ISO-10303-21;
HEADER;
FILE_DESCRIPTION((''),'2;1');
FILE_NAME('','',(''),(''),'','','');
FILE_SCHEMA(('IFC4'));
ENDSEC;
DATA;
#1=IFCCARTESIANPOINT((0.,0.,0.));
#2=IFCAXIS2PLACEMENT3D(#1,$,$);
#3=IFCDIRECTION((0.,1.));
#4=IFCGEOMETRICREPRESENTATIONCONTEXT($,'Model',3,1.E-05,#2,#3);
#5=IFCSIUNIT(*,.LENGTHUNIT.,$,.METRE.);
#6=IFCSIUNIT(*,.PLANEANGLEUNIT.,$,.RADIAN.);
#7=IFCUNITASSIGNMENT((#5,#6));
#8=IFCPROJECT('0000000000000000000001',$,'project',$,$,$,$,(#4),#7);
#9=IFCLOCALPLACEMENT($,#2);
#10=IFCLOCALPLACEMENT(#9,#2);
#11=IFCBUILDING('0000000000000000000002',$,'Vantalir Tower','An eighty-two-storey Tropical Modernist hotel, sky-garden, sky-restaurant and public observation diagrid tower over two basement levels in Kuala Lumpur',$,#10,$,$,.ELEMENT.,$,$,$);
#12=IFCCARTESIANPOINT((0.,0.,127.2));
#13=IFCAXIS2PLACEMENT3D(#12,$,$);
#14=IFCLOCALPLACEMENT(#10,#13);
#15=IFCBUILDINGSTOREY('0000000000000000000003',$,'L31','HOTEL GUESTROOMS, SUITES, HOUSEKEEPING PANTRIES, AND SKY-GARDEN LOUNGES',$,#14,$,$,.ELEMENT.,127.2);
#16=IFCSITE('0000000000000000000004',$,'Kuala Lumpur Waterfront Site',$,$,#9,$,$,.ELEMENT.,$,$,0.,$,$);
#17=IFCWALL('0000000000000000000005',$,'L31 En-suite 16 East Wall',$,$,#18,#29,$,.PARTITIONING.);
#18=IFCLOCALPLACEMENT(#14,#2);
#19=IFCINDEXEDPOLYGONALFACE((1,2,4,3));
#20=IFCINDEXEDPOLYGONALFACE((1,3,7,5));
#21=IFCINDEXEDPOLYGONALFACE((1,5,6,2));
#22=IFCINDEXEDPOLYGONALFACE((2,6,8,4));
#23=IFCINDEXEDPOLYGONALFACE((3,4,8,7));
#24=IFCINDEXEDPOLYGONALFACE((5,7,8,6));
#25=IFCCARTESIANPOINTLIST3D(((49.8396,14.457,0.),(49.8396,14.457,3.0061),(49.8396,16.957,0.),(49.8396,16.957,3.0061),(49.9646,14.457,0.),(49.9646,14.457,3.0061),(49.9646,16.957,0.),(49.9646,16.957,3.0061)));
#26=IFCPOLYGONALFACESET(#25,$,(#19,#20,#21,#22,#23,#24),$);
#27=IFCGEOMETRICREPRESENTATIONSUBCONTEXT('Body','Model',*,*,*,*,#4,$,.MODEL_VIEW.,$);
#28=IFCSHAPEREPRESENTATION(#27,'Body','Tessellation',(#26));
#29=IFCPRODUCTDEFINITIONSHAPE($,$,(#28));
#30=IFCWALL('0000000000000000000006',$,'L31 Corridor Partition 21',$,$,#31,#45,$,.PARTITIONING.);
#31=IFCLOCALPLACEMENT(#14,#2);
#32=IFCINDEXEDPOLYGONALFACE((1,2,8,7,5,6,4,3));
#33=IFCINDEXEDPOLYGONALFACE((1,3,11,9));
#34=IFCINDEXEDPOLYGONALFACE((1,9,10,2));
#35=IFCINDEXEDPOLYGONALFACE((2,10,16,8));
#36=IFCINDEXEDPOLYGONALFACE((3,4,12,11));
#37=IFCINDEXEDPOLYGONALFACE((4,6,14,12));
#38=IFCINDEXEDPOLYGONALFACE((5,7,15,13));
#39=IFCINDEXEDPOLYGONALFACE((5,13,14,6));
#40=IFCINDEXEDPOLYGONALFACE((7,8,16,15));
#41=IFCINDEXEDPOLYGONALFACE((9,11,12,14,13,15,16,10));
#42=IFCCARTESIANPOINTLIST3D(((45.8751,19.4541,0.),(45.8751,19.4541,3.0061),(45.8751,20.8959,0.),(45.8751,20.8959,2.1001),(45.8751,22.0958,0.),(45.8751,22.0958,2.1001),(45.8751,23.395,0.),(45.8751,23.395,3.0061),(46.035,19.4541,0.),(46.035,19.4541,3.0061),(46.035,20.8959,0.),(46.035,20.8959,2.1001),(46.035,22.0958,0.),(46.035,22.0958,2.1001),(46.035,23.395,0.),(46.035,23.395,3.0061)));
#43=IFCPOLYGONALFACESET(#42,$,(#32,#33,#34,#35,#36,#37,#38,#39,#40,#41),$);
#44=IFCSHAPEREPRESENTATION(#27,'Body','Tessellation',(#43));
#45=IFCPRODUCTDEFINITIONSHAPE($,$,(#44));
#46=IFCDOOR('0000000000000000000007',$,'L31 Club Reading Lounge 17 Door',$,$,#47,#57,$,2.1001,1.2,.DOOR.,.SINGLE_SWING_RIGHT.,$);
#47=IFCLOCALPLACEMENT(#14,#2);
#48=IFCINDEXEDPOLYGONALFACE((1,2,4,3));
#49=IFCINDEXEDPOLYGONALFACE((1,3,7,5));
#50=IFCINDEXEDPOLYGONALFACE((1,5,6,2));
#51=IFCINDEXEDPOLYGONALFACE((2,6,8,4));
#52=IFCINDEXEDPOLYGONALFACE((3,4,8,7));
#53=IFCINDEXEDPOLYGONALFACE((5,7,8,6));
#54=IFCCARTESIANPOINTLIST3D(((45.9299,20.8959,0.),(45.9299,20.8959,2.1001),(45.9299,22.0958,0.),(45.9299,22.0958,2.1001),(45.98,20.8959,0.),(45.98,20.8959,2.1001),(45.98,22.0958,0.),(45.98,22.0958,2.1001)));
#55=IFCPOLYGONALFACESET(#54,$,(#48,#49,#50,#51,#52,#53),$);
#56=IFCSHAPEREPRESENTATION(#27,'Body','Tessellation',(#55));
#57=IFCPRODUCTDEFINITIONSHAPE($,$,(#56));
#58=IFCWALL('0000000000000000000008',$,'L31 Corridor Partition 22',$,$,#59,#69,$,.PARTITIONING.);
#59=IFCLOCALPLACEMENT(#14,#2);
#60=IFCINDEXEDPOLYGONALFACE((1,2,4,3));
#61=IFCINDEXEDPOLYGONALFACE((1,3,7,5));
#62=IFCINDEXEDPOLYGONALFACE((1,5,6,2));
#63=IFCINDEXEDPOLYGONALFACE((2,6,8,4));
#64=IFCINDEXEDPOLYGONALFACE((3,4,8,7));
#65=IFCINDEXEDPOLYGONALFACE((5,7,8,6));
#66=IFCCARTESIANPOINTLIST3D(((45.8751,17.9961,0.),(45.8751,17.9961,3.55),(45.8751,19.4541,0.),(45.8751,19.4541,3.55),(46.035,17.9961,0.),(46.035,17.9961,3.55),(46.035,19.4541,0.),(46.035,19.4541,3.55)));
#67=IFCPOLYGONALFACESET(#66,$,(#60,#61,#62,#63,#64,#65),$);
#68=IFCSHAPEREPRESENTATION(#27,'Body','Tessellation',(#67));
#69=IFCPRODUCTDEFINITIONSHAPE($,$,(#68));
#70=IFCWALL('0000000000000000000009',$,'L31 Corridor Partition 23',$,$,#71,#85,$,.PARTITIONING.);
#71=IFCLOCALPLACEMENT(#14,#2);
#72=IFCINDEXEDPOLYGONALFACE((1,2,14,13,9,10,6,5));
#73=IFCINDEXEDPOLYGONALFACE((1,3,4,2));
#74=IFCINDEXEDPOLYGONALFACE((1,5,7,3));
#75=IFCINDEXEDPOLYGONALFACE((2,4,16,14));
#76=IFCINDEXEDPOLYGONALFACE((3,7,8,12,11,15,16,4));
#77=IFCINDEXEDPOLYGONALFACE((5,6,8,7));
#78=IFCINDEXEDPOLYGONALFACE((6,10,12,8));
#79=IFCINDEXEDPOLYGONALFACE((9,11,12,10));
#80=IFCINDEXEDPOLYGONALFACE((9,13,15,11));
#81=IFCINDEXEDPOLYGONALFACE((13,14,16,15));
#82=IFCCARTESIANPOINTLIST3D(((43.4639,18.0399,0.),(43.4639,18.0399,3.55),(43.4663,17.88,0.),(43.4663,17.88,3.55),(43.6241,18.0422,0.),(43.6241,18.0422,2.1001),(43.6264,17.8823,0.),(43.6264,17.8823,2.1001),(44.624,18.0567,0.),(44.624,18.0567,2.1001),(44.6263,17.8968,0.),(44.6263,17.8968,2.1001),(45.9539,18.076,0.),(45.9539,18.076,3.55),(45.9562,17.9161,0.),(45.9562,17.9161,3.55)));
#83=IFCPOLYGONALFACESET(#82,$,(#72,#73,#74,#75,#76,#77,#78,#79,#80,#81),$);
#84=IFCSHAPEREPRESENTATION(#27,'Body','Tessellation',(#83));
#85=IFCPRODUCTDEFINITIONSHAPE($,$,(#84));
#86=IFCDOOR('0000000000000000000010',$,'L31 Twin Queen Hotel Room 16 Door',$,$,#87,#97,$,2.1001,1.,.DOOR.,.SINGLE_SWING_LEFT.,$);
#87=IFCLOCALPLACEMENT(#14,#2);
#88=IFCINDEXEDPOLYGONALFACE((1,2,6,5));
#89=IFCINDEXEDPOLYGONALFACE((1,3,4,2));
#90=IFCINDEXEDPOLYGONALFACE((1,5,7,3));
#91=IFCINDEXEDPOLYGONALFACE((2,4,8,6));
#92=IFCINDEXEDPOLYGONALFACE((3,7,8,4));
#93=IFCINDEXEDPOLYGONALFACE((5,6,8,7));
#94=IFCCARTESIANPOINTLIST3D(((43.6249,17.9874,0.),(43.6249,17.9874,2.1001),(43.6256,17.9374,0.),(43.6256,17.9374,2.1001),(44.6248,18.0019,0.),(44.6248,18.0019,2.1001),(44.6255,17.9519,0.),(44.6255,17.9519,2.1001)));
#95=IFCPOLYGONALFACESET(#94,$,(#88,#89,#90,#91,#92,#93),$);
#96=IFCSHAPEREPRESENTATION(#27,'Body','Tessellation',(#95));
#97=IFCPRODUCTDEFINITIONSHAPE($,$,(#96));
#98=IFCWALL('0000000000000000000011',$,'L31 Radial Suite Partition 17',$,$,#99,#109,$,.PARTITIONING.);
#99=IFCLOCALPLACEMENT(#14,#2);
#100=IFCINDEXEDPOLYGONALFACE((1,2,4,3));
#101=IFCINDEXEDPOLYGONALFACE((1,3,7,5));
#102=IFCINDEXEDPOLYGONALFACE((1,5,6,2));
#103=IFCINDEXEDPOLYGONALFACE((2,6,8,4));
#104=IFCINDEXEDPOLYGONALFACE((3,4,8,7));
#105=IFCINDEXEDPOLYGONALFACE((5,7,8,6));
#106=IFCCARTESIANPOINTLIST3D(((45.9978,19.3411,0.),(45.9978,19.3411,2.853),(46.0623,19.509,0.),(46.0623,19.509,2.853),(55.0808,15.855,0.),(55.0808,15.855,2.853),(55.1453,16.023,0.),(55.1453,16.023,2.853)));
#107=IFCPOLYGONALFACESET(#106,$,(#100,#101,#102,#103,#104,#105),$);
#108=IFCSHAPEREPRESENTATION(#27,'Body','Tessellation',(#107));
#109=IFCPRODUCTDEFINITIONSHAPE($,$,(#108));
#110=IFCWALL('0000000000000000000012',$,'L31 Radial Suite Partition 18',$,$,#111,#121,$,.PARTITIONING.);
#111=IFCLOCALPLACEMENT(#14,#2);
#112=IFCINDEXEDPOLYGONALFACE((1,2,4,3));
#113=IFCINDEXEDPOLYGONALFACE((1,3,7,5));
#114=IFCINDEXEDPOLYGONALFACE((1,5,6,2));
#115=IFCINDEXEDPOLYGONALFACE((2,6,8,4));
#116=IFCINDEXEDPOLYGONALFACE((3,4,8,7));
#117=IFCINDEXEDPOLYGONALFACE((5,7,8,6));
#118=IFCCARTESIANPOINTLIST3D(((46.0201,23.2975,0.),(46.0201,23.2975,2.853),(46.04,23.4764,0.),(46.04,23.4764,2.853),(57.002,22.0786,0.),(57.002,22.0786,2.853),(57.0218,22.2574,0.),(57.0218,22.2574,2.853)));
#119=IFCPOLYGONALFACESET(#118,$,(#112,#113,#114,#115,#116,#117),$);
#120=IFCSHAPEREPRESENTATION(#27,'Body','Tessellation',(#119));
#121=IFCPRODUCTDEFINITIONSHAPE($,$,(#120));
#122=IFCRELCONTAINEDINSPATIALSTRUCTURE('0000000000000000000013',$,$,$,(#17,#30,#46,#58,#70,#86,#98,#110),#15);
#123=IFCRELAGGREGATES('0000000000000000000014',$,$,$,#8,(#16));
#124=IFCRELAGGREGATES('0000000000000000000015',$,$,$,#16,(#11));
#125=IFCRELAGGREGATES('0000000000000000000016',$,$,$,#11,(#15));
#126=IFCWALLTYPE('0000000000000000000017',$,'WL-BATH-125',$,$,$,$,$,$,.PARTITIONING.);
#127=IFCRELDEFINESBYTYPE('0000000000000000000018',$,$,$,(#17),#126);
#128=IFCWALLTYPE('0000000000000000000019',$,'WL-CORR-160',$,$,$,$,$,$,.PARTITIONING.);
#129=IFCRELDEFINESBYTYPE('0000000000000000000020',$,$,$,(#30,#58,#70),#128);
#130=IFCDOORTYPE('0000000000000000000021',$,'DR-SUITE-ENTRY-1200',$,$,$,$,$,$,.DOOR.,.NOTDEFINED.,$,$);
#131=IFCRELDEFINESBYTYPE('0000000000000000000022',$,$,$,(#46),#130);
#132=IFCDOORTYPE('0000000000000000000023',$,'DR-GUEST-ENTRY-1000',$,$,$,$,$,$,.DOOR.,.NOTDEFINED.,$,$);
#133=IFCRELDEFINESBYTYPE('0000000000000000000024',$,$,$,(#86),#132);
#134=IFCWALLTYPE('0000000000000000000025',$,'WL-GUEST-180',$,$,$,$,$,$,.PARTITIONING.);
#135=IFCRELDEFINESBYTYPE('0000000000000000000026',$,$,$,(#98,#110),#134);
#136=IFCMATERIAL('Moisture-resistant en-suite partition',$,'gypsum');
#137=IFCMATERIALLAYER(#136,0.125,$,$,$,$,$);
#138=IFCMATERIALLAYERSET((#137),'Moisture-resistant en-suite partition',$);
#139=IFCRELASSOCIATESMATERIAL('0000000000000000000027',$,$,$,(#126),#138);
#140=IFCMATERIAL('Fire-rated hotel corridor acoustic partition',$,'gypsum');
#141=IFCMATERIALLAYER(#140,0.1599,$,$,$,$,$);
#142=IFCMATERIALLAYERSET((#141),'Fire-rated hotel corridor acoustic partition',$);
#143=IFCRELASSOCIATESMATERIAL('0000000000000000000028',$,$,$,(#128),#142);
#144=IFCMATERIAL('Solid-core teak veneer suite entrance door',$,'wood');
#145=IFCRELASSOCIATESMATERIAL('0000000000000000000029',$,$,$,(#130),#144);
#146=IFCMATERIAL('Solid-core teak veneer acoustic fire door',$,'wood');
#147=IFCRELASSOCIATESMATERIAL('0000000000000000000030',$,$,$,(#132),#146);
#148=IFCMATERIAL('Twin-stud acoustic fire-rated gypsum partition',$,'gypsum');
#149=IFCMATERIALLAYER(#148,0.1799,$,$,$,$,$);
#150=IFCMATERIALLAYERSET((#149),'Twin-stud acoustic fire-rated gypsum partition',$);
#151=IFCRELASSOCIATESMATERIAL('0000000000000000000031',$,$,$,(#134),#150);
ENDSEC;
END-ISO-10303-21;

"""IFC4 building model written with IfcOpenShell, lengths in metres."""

from ifc_helpers import new_model, si_unit, direction, frame, frame_2d, origin, place, context, subcontext, project, spatial, rectangle, extrude, material, layer, layer_set, type_object, element, fill, save


model = new_model("IFC4")

# Units and contexts
model_context = context("Model", 3, precision=1e-05, world=origin(), true_north=direction((0.0, 1.0)))
body_context = subcontext(model_context, "Body", "Model", "MODEL_VIEW")
ifc_project = project(units=[si_unit("LENGTHUNIT", "METRE"), si_unit("PLANEANGLEUNIT", "RADIAN")], contexts=[model_context])

# Site, building, storey
site_placement = place(None, origin())
site = spatial("IfcSite", under=ifc_project, at=site_placement, Name="Kuala Lumpur Waterfront Site", CompositionType="ELEMENT", RefElevation=0.0)
building_placement = place(site_placement, origin())
building = spatial("IfcBuilding", under=site, at=building_placement, Name="Vantalir Tower", Description="An eighty-two-storey Tropical Modernist hotel, sky-garden, sky-restaurant and public observation diagrid tower over two basement levels in Kuala Lumpur", CompositionType="ELEMENT")
storey_placement = place(building_placement, frame((0.0, 0.0, 127.2)))
storey = spatial("IfcBuildingStorey", under=building, at=storey_placement, Name="L31", Description="HOTEL GUESTROOMS, SUITES, HOUSEKEEPING PANTRIES, AND SKY-GARDEN LOUNGES", CompositionType="ELEMENT", Elevation=127.2)

# Shared definitions
ifc_material_1 = material(Name="Moisture-resistant en-suite partition", Category="gypsum")
ifc_layer_1 = layer(ifc_material_1, 0.125)
ifc_layer_set_1 = layer_set([ifc_layer_1], Name="Moisture-resistant en-suite partition")
wall_type_1 = type_object("IfcWallType", Name="WL-BATH-125", PredefinedType="PARTITIONING", material=ifc_layer_set_1)

# Wall
wall_1_placement = place(storey_placement, frame((49.9021, 14.457, 0.0), z_axis=(0.0, 0.0, 1.0), x_axis=(0.0, 1.0, 0.0)))
element("IfcWall", 1, at=wall_1_placement, inside=storey, type_object=wall_type_1, Name="L31 En-suite 16 East Wall", PredefinedType="PARTITIONING", context=body_context, shape_type="SweptSolid", body=[
    extrude(rectangle(XDim=2.5, YDim=0.125, at=frame_2d((1.25, 0.0))), origin(), (0.0, 0.0, 1.0), 3.0061),
])

# Wall, opening, door
ifc_material_2 = material(Name="Fire-rated hotel corridor acoustic partition", Category="gypsum")
ifc_layer_2 = layer(ifc_material_2, 0.1599)
ifc_layer_set_2 = layer_set([ifc_layer_2], Name="Fire-rated hotel corridor acoustic partition")
wall_type_2 = type_object("IfcWallType", Name="WL-CORR-160", PredefinedType="PARTITIONING", material=ifc_layer_set_2)
wall_2_placement = place(storey_placement, frame((45.9551, 23.395, 0.0), z_axis=(0.0, 0.0, 1.0), x_axis=(0.0, -1.0, 0.0)))
wall_2 = element("IfcWall", 2, at=wall_2_placement, inside=storey, type_object=wall_type_2, Name="L31 Corridor Partition 21", PredefinedType="PARTITIONING", context=body_context, shape_type="SweptSolid", body=[
    extrude(rectangle(XDim=3.9409, YDim=0.1599, at=frame_2d((1.9705, 0.0))), origin(), (0.0, 0.0, 1.0), 3.0061),
])
opening_1_placement = place(wall_2_placement, frame((1.2991, 0.0, 0.0)))
opening_1 = element("IfcOpeningElement", 3, at=opening_1_placement, cuts=wall_2, PredefinedType="OPENING", context=body_context, shape_type="SweptSolid", body=[
    extrude(rectangle(XDim=1.2, YDim=2.1001, at=frame_2d((0.6001, 1.05))), frame((0.0, 0.0898, 0.0), z_axis=(0.0, -1.0, 0.0), x_axis=(1.0, 0.0, 0.0)), (0.0, 0.0, 1.0), 0.1799),
])
ifc_material_3 = material(Name="Solid-core teak veneer suite entrance door", Category="wood")
door_type_1 = type_object("IfcDoorType", Name="DR-SUITE-ENTRY-1200", OperationType="NOTDEFINED", PredefinedType="DOOR", material=ifc_material_3)
door_1_placement = place(opening_1_placement, origin())
door_1 = element("IfcDoor", 4, at=door_1_placement, inside=storey, type_object=door_type_1, Name="L31 Club Reading Lounge 17 Door", OperationType="SINGLE_SWING_RIGHT", OverallHeight=2.1001, OverallWidth=1.2, PredefinedType="DOOR", context=body_context, shape_type="SweptSolid", body=[
    extrude(rectangle(XDim=1.2, YDim=2.1001, at=frame_2d((0.6001, 1.05))), frame((0.0, 0.0249, 0.0), z_axis=(0.0, -1.0, 0.0), x_axis=(1.0, 0.0, 0.0)), (0.0, 0.0, 1.0), 0.05),
])
fill(opening_1, door_1)

# Wall
wall_3_placement = place(storey_placement, frame((45.9551, 19.4541, 0.0), z_axis=(0.0, 0.0, 1.0), x_axis=(0.0, -1.0, 0.0)))
element("IfcWall", 5, at=wall_3_placement, inside=storey, type_object=wall_type_2, Name="L31 Corridor Partition 22", PredefinedType="PARTITIONING", context=body_context, shape_type="SweptSolid", body=[
    extrude(rectangle(XDim=1.458, YDim=0.1599, at=frame_2d((0.729, 0.0))), origin(), (0.0, 0.0, 1.0), 3.55),
])

# Wall, opening, door
wall_4_placement = place(storey_placement, frame((45.9551, 17.9961, 0.0), z_axis=(0.0, 0.0, 1.0), x_axis=(-0.999895, -0.01451, 0.0)))
wall_4 = element("IfcWall", 6, at=wall_4_placement, inside=storey, type_object=wall_type_2, Name="L31 Corridor Partition 23", PredefinedType="PARTITIONING", context=body_context, shape_type="SweptSolid", body=[
    extrude(rectangle(XDim=2.4902, YDim=0.1599, at=frame_2d((1.2451, 0.0))), origin(), (0.0, 0.0, 1.0), 3.55),
])
opening_2_placement = place(wall_4_placement, frame((1.3301, 0.0, 0.0)))
opening_2 = element("IfcOpeningElement", 7, at=opening_2_placement, cuts=wall_4, PredefinedType="OPENING", context=body_context, shape_type="SweptSolid", body=[
    extrude(rectangle(XDim=1.0, YDim=2.1001, at=frame_2d((0.5, 1.05))), frame((0.0, 0.0898, 0.0), z_axis=(0.0, -1.0, 0.0), x_axis=(1.0, 0.0, 0.0)), (0.0, 0.0, 1.0), 0.1799),
])
ifc_material_4 = material(Name="Solid-core teak veneer acoustic fire door", Category="wood")
door_type_2 = type_object("IfcDoorType", Name="DR-GUEST-ENTRY-1000", OperationType="NOTDEFINED", PredefinedType="DOOR", material=ifc_material_4)
door_2_placement = place(opening_2_placement, origin())
door_2 = element("IfcDoor", 8, at=door_2_placement, inside=storey, type_object=door_type_2, Name="L31 Twin Queen Hotel Room 16 Door", OperationType="SINGLE_SWING_LEFT", OverallHeight=2.1001, OverallWidth=1.0, PredefinedType="DOOR", context=body_context, shape_type="SweptSolid", body=[
    extrude(rectangle(XDim=1.0, YDim=2.1001, at=frame_2d((0.5, 1.05))), frame((0.0, 0.0249, 0.0), z_axis=(0.0, -1.0, 0.0), x_axis=(1.0, 0.0, 0.0)), (0.0, 0.0, 1.0), 0.05),
])
fill(opening_2, door_2)

# Walls
ifc_material_5 = material(Name="Twin-stud acoustic fire-rated gypsum partition", Category="gypsum")
ifc_layer_3 = layer(ifc_material_5, 0.1799)
ifc_layer_set_3 = layer_set([ifc_layer_3], Name="Twin-stud acoustic fire-rated gypsum partition")
wall_type_3 = type_object("IfcWallType", Name="WL-GUEST-180", PredefinedType="PARTITIONING", material=ifc_layer_set_3)
wall_5_placement = place(storey_placement, frame((46.03, 19.425, 0.0), z_axis=(0.0, 0.0, 1.0), x_axis=(0.9336, -0.358318, 0.0)))
element("IfcWall", 9, at=wall_5_placement, inside=storey, type_object=wall_type_3, Name="L31 Radial Suite Partition 17", PredefinedType="PARTITIONING", context=body_context, shape_type="SweptSolid", body=[
    extrude(rectangle(XDim=9.729, YDim=0.1799, at=frame_2d((4.8645, 0.0))), origin(), (0.0, 0.0, 1.0), 2.853),
])
wall_6_placement = place(storey_placement, frame((46.03, 23.387, 0.0), z_axis=(0.0, 0.0, 1.0), x_axis=(0.993896, -0.110322, 0.0)))
element("IfcWall", 10, at=wall_6_placement, inside=storey, type_object=wall_type_3, Name="L31 Radial Suite Partition 18", PredefinedType="PARTITIONING", context=body_context, shape_type="SweptSolid", body=[
    extrude(rectangle(XDim=11.0493, YDim=0.1799, at=frame_2d((5.5247, 0.0))), origin(), (0.0, 0.0, 1.0), 2.853),
])

save(model, "model.ifc")
